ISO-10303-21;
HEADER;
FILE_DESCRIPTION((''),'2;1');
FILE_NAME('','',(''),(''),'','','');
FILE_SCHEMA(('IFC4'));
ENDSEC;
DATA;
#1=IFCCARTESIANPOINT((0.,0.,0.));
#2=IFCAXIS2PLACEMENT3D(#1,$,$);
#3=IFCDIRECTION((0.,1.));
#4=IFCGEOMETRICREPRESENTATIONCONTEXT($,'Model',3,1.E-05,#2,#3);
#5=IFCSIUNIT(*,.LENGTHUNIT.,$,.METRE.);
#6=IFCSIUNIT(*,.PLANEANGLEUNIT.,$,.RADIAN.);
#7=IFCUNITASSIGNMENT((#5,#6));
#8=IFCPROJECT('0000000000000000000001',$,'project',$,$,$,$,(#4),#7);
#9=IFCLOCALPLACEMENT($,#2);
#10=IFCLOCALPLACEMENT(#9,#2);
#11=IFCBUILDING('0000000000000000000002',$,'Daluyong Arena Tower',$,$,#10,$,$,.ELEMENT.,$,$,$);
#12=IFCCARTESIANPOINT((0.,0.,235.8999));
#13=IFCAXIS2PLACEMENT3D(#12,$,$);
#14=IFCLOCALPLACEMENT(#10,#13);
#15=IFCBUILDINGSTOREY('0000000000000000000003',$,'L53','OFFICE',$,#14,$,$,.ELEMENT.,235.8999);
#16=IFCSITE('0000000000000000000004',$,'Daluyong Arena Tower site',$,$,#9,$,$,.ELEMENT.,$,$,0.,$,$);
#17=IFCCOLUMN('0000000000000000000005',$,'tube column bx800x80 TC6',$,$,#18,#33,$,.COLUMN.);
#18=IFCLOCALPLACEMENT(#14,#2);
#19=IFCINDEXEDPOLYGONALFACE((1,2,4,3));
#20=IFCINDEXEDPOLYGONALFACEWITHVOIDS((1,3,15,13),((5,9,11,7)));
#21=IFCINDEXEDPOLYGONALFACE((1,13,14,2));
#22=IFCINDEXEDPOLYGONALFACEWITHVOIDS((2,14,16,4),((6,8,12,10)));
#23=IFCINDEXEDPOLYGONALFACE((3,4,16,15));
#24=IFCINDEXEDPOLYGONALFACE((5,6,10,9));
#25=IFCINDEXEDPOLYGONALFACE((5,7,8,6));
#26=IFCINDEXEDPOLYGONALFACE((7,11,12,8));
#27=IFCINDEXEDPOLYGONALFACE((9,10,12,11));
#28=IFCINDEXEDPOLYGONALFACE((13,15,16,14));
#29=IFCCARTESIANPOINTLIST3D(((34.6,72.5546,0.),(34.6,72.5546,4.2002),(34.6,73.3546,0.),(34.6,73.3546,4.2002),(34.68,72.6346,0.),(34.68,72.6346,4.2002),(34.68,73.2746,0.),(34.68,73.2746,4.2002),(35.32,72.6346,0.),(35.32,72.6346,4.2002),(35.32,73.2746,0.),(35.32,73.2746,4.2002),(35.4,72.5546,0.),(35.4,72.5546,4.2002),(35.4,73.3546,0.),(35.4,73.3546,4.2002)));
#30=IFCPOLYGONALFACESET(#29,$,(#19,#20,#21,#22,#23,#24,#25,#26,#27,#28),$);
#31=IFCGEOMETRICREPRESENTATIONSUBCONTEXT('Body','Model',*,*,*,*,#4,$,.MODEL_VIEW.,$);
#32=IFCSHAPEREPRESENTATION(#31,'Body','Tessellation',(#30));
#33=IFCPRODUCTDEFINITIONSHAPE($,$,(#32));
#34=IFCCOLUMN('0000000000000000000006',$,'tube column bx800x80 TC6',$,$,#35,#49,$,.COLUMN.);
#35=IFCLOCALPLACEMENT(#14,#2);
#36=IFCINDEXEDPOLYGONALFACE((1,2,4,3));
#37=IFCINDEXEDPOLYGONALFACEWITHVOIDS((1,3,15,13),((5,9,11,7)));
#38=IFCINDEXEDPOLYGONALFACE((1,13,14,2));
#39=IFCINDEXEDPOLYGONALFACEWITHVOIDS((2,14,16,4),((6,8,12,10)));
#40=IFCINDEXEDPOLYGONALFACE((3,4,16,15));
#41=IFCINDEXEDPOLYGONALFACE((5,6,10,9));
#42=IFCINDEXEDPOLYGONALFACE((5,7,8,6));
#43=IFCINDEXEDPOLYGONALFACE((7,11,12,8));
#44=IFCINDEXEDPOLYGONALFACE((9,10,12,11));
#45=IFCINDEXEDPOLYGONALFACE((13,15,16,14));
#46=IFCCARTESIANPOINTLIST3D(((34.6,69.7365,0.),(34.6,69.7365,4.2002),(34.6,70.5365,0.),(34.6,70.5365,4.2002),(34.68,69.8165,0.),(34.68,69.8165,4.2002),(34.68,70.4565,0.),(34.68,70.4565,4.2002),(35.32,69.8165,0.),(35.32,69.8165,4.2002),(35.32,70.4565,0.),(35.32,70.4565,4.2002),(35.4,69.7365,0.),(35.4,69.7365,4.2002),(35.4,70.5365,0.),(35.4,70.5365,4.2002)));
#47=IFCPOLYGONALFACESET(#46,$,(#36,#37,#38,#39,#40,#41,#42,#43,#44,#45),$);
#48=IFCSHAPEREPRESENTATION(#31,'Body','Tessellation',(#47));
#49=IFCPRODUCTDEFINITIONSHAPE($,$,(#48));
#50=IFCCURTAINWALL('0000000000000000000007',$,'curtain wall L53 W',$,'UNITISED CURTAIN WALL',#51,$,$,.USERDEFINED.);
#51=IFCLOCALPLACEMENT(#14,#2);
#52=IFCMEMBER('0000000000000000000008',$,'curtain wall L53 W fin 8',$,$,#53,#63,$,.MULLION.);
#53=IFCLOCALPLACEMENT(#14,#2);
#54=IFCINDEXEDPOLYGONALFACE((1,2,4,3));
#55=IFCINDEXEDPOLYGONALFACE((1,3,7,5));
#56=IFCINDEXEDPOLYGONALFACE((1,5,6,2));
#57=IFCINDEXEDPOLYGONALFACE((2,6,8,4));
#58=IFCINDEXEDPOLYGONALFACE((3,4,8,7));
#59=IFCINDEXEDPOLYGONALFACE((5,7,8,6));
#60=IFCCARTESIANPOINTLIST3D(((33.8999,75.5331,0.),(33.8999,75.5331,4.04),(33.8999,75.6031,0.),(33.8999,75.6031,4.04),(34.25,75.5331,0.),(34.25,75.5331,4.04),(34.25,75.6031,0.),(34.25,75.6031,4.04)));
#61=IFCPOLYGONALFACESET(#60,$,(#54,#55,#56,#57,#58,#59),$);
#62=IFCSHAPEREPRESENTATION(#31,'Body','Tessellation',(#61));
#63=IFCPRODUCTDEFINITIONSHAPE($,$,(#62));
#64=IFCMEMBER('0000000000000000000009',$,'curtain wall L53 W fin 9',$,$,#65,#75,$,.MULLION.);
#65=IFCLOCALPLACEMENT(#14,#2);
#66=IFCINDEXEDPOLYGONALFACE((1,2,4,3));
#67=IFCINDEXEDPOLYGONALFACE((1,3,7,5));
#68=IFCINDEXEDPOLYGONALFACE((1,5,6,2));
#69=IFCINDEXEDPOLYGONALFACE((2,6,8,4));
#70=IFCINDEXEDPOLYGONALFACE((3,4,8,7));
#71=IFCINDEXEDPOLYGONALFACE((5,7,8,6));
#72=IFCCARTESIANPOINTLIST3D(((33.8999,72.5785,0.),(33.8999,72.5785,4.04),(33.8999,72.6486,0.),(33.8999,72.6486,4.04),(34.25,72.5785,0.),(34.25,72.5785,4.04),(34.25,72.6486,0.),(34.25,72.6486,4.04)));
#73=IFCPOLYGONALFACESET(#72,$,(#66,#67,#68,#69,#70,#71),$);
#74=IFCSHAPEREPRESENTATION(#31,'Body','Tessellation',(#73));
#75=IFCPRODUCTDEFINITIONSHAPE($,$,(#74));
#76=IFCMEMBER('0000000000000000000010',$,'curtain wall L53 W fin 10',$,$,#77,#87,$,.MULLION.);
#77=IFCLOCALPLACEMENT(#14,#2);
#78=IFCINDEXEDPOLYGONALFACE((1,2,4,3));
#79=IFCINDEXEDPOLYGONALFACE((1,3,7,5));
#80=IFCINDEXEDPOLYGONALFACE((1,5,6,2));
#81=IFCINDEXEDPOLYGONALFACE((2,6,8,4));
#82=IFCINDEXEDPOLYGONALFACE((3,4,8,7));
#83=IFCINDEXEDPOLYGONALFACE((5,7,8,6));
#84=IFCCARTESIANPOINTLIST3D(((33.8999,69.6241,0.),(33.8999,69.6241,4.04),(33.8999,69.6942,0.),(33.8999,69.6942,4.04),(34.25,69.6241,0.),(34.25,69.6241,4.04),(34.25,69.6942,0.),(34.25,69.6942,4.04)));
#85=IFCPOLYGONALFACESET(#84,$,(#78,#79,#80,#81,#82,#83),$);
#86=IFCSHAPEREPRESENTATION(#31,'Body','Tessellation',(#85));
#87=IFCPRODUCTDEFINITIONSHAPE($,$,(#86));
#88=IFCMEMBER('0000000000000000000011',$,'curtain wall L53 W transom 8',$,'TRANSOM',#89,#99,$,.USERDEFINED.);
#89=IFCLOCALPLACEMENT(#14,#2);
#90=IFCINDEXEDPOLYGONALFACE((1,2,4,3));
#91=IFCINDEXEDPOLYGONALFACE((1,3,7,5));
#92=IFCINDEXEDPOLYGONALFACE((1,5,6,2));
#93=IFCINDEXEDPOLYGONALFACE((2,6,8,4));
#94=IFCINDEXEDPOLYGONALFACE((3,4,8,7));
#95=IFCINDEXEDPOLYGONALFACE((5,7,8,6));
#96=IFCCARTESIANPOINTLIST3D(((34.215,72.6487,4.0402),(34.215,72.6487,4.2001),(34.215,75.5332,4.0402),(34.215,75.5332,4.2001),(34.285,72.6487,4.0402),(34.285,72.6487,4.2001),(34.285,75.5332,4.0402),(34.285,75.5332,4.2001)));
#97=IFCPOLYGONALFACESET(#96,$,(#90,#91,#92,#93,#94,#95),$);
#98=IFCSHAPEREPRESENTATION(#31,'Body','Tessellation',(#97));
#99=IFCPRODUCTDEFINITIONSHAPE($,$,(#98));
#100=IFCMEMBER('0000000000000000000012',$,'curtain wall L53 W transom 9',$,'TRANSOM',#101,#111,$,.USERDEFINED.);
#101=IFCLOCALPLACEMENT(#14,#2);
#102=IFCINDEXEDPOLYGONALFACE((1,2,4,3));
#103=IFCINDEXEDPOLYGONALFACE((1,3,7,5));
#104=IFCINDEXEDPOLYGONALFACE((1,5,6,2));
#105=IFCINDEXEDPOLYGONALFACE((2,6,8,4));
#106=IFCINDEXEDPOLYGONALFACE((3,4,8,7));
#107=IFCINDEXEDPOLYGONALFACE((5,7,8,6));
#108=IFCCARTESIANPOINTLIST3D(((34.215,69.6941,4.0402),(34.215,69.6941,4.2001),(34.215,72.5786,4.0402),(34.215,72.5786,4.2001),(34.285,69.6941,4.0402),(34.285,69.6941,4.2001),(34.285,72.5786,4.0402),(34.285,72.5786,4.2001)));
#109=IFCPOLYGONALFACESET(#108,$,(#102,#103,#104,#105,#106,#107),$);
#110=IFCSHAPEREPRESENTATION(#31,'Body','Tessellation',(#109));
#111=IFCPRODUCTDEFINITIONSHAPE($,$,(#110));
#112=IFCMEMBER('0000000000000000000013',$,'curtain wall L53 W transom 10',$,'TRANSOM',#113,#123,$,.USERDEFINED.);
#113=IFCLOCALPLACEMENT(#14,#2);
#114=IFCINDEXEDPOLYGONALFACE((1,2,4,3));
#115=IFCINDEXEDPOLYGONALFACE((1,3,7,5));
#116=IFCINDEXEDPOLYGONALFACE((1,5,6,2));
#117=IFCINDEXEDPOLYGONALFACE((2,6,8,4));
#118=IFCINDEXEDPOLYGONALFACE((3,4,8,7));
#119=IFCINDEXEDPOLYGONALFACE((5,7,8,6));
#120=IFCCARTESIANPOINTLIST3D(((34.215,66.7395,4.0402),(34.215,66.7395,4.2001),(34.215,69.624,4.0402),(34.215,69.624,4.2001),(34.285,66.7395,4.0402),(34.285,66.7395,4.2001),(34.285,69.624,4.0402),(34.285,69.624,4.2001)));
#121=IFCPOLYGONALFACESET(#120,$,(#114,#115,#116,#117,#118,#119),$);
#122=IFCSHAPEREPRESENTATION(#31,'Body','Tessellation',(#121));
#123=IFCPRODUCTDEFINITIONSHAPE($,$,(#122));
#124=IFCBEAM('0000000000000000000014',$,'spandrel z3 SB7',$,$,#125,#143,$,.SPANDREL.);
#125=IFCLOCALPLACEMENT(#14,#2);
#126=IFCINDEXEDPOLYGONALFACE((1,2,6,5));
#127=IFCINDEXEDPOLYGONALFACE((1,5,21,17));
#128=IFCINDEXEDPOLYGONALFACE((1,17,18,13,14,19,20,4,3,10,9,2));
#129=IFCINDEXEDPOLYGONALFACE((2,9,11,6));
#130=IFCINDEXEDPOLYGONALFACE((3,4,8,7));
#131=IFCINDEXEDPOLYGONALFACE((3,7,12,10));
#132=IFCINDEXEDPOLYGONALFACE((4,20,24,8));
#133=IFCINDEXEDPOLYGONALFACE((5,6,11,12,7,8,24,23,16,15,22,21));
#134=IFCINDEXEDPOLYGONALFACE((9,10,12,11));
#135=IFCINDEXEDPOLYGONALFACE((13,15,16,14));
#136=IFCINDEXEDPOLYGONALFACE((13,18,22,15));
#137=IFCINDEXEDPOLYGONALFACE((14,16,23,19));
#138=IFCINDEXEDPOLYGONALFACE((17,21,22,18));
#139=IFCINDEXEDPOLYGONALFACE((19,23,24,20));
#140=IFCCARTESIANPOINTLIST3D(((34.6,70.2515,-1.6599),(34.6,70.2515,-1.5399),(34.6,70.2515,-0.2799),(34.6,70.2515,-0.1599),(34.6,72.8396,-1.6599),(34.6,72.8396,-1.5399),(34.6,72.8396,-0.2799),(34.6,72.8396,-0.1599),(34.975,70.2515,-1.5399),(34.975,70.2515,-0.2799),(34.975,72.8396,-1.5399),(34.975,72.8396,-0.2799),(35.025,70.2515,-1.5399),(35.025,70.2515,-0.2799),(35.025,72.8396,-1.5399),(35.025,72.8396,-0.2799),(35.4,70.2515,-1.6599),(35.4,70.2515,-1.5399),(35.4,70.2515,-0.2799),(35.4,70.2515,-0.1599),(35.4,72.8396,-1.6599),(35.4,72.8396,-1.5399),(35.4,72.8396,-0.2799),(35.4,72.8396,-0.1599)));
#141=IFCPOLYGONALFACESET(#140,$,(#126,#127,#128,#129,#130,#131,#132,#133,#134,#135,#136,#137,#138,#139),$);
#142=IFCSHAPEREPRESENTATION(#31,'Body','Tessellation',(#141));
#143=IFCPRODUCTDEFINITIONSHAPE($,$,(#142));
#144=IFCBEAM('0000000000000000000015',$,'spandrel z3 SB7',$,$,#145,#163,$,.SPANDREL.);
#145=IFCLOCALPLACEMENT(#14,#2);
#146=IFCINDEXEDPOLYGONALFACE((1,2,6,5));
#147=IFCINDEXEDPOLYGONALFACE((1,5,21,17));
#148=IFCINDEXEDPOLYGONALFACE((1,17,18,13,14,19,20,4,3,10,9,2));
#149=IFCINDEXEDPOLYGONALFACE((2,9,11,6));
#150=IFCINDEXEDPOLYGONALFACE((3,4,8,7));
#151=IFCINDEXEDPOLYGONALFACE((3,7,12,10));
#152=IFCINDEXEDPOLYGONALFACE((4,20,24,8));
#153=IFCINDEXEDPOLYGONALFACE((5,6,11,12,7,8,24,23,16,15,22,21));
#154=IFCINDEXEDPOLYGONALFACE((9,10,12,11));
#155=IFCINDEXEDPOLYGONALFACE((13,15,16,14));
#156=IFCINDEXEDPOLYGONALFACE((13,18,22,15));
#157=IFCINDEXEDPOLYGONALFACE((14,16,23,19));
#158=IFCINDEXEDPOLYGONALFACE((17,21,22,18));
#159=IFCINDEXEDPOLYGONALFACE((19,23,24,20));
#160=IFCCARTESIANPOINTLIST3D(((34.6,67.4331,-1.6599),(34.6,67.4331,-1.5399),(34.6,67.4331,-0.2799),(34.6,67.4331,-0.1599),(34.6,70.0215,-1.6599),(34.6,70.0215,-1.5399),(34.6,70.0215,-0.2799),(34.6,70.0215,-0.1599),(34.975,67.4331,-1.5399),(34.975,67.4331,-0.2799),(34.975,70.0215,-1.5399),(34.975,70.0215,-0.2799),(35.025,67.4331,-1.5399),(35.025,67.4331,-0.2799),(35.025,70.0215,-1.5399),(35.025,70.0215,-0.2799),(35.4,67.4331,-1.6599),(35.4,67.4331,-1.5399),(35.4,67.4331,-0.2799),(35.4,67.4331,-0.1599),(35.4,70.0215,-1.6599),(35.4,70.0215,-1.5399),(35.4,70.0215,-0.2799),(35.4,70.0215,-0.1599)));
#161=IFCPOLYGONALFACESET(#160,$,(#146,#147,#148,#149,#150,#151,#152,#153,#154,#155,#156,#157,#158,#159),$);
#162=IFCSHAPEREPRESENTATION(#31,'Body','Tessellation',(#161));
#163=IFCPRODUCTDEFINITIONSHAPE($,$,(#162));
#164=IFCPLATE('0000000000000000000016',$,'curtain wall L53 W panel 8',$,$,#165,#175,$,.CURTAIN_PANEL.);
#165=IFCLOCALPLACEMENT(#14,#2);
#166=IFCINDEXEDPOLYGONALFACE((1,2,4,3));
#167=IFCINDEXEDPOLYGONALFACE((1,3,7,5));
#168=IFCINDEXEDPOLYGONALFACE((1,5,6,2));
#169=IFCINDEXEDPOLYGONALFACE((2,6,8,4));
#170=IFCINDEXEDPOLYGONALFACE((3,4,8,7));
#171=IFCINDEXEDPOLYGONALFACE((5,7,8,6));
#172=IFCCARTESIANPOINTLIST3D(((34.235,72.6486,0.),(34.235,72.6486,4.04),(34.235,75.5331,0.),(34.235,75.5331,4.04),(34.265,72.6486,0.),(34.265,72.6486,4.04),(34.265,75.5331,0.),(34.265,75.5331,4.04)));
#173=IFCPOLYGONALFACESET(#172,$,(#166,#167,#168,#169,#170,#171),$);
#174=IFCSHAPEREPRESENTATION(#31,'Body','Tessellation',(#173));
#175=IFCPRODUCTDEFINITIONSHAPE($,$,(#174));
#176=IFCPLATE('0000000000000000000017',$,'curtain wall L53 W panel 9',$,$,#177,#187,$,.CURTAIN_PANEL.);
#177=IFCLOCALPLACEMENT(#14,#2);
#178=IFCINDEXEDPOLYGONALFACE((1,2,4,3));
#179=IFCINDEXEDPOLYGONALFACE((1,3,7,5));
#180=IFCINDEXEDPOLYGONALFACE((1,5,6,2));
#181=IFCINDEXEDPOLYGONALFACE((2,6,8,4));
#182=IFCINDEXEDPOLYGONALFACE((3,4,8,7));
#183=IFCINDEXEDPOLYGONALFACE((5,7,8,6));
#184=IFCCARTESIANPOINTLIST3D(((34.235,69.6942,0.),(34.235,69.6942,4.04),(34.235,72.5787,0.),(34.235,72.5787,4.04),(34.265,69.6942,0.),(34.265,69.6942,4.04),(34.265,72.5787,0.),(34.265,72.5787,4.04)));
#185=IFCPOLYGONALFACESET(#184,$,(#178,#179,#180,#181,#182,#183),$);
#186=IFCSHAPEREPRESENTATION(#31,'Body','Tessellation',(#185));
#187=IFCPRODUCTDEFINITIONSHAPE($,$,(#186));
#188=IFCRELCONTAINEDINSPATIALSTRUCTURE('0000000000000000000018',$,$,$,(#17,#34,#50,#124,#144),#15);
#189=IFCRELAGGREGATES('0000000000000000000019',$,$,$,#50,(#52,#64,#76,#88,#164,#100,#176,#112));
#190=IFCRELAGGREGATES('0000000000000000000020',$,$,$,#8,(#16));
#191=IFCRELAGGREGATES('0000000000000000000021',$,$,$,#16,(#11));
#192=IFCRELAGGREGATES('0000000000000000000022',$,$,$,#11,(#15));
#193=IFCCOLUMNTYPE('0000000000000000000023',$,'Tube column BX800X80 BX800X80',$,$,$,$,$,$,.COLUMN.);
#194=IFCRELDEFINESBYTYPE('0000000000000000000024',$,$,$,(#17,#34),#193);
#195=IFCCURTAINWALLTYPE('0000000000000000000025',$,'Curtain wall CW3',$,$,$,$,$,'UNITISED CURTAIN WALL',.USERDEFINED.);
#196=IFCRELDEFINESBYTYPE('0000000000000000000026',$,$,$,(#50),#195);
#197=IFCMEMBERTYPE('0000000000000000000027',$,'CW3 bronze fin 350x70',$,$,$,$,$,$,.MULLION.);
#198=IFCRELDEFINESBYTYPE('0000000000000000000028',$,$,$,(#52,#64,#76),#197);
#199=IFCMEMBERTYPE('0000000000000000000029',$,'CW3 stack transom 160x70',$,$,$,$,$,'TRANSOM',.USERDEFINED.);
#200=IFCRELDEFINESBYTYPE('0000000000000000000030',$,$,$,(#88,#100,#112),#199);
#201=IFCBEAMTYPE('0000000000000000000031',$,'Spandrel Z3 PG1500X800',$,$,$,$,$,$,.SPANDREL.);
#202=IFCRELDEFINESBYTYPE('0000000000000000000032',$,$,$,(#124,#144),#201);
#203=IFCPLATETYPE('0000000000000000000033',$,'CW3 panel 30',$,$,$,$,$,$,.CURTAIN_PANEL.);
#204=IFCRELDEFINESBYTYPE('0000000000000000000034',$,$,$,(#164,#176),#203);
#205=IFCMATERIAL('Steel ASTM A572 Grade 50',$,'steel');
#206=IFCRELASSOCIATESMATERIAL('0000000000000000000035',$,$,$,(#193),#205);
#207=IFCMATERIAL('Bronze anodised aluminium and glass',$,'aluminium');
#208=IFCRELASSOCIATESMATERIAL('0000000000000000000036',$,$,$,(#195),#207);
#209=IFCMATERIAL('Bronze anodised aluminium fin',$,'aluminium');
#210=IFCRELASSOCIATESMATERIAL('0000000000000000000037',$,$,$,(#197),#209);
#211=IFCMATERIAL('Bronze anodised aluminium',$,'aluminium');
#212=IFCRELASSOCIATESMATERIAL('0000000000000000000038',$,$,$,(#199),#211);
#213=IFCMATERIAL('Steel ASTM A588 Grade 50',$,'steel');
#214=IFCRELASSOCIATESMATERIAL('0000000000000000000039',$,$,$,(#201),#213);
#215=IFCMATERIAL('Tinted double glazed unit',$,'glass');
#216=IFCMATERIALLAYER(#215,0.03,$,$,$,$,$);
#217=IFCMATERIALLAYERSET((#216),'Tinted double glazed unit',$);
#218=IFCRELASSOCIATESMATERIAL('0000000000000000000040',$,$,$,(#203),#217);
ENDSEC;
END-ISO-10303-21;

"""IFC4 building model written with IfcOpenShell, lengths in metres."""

from ifc_helpers import new_model, si_unit, direction, frame, origin, origin_2d, place, context, subcontext, project, spatial, rectangle, hollow_rectangle, i_section, extrude, material, layer, layer_set, material_profile, profile_set, type_object, element, aggregate, save


model = new_model("IFC4")

# Units and contexts
model_context = context("Model", 3, precision=1e-05, world=origin(), true_north=direction((0.0, 1.0)))
body_context = subcontext(model_context, "Body", "Model", "MODEL_VIEW")
ifc_project = project(units=[si_unit("LENGTHUNIT", "METRE"), si_unit("PLANEANGLEUNIT", "RADIAN")], contexts=[model_context])

# Site, building, storey
site_placement = place(None, origin())
site = spatial("IfcSite", under=ifc_project, at=site_placement, Name="Daluyong Arena Tower site", CompositionType="ELEMENT", RefElevation=0.0)
building_placement = place(site_placement, origin())
building = spatial("IfcBuilding", under=site, at=building_placement, Name="Daluyong Arena Tower", CompositionType="ELEMENT")
storey_placement = place(building_placement, frame((0.0, 0.0, 235.8999)))
storey = spatial("IfcBuildingStorey", under=building, at=storey_placement, Name="L53", Description="OFFICE", CompositionType="ELEMENT", Elevation=235.8999)

# Columns
ifc_material_1 = material(Name="Steel ASTM A572 Grade 50", Category="steel")
ifc_material_profile_1 = material_profile(ifc_material_1, hollow_rectangle(XDim=0.8, YDim=0.8, WallThickness=0.08, at=origin_2d()))
ifc_profile_set_1 = profile_set([ifc_material_profile_1], Name="Steel ASTM A572 Grade 50")
column_type = type_object("IfcColumnType", Name="Tube column BX800X80 BX800X80", PredefinedType="COLUMN", material=ifc_profile_set_1)
for number, where, z_axis, x_axis, name in (
    (1, (35.0, 72.9546, 0.0), (0.0, 0.0, 1.0), (0.0, 1.0, 0.0), "tube column bx800x80 TC6"),
    (2, (35.0, 70.1365, 0.0), (0.0, 0.0, 1.0), (0.0, 1.0, 0.0), "tube column bx800x80 TC6"),
):
    element("IfcColumn", number, at=place(storey_placement, frame(where, z_axis=z_axis, x_axis=x_axis)), inside=storey, type_object=column_type, Name=name, PredefinedType="COLUMN", context=body_context, shape_type="SweptSolid", body=[
        extrude(hollow_rectangle(XDim=0.8, YDim=0.8, WallThickness=0.08, at=origin_2d()), origin(), (0.0, 0.0, 1.0), 4.2002),
    ])

# Curtain wall, members
ifc_material_2 = material(Name="Bronze anodised aluminium and glass", Category="aluminium")
curtain_wall_type = type_object("IfcCurtainWallType", Name="Curtain wall CW3", ElementType="UNITISED CURTAIN WALL", PredefinedType="USERDEFINED", material=ifc_material_2)
curtain_wall_placement = place(storey_placement, origin())
curtain_wall = element("IfcCurtainWall", 3, at=curtain_wall_placement, inside=storey, type_object=curtain_wall_type, Name="curtain wall L53 W", ObjectType="UNITISED CURTAIN WALL", PredefinedType="USERDEFINED")
ifc_material_3 = material(Name="Bronze anodised aluminium fin", Category="aluminium")
ifc_material_profile_2 = material_profile(ifc_material_3, rectangle(XDim=0.3501, YDim=0.0701, at=origin_2d()))
ifc_profile_set_2 = profile_set([ifc_material_profile_2], Name="Bronze anodised aluminium fin")
member_type_1 = type_object("IfcMemberType", Name="CW3 bronze fin 350x70", PredefinedType="MULLION", material=ifc_profile_set_2)
member_1_placement = place(storey_placement, frame((34.075, 75.5681, 0.0), z_axis=(0.0, 0.0, 1.0), x_axis=(1.0, 0.0, 0.0)))
member_1 = element("IfcMember", 4, at=member_1_placement, type_object=member_type_1, Name="curtain wall L53 W fin 8", PredefinedType="MULLION", context=body_context, shape_type="SweptSolid", body=[
    extrude(rectangle(XDim=0.3501, YDim=0.0701, at=origin_2d()), origin(), (0.0, 0.0, 1.0), 4.04),
])
member_2_placement = place(storey_placement, frame((34.075, 72.6135, 0.0), z_axis=(0.0, 0.0, 1.0), x_axis=(1.0, 0.0, 0.0)))
member_2 = element("IfcMember", 5, at=member_2_placement, type_object=member_type_1, Name="curtain wall L53 W fin 9", PredefinedType="MULLION", context=body_context, shape_type="SweptSolid", body=[
    extrude(rectangle(XDim=0.3501, YDim=0.0701, at=origin_2d()), origin(), (0.0, 0.0, 1.0), 4.04),
])
member_3_placement = place(storey_placement, frame((34.075, 69.6592, 0.0), z_axis=(0.0, 0.0, 1.0), x_axis=(1.0, 0.0, 0.0)))
member_3 = element("IfcMember", 6, at=member_3_placement, type_object=member_type_1, Name="curtain wall L53 W fin 10", PredefinedType="MULLION", context=body_context, shape_type="SweptSolid", body=[
    extrude(rectangle(XDim=0.3501, YDim=0.0701, at=origin_2d()), origin(), (0.0, 0.0, 1.0), 4.04),
])
ifc_material_4 = material(Name="Bronze anodised aluminium", Category="aluminium")
ifc_material_profile_3 = material_profile(ifc_material_4, rectangle(XDim=0.0701, YDim=0.1599, at=origin_2d()))
ifc_profile_set_3 = profile_set([ifc_material_profile_3], Name="Bronze anodised aluminium")
member_type_2 = type_object("IfcMemberType", Name="CW3 stack transom 160x70", ElementType="TRANSOM", PredefinedType="USERDEFINED", material=ifc_profile_set_3)
member_4_placement = place(storey_placement, frame((34.25, 75.5332, 4.1201), z_axis=(0.0, -1.0, 0.0), x_axis=(1.0, 0.0, 0.0)))
member_4 = element("IfcMember", 7, at=member_4_placement, type_object=member_type_2, Name="curtain wall L53 W transom 8", ObjectType="TRANSOM", PredefinedType="USERDEFINED", context=body_context, shape_type="SweptSolid", body=[
    extrude(rectangle(XDim=0.0701, YDim=0.1599, at=origin_2d()), origin(), (0.0, 0.0, 1.0), 2.8845),
])
member_5_placement = place(storey_placement, frame((34.25, 72.5786, 4.1201), z_axis=(0.0, -1.0, 0.0), x_axis=(1.0, 0.0, 0.0)))
member_5 = element("IfcMember", 8, at=member_5_placement, type_object=member_type_2, Name="curtain wall L53 W transom 9", ObjectType="TRANSOM", PredefinedType="USERDEFINED", context=body_context, shape_type="SweptSolid", body=[
    extrude(rectangle(XDim=0.0701, YDim=0.1599, at=origin_2d()), origin(), (0.0, 0.0, 1.0), 2.8845),
])
member_6_placement = place(storey_placement, frame((34.25, 69.624, 4.1201), z_axis=(0.0, -1.0, 0.0), x_axis=(1.0, 0.0, 0.0)))
member_6 = element("IfcMember", 9, at=member_6_placement, type_object=member_type_2, Name="curtain wall L53 W transom 10", ObjectType="TRANSOM", PredefinedType="USERDEFINED", context=body_context, shape_type="SweptSolid", body=[
    extrude(rectangle(XDim=0.0701, YDim=0.1599, at=origin_2d()), origin(), (0.0, 0.0, 1.0), 2.8845),
])

# Beams
ifc_material_5 = material(Name="Steel ASTM A588 Grade 50", Category="steel")
ifc_material_profile_4 = material_profile(ifc_material_5, i_section(OverallWidth=0.8, OverallDepth=1.5, WebThickness=0.05, FlangeThickness=0.12, at=origin_2d()))
ifc_profile_set_4 = profile_set([ifc_material_profile_4], Name="Steel ASTM A588 Grade 50")
beam_type = type_object("IfcBeamType", Name="Spandrel Z3 PG1500X800", PredefinedType="SPANDREL", material=ifc_profile_set_4)
beam_1_placement = place(storey_placement, frame((35.0, 72.8396, -0.9099), z_axis=(0.0, -1.0, 0.0), x_axis=(1.0, 0.0, 0.0)))
element("IfcBeam", 10, at=beam_1_placement, inside=storey, type_object=beam_type, Name="spandrel z3 SB7", PredefinedType="SPANDREL", context=body_context, shape_type="SweptSolid", body=[
    extrude(i_section(OverallWidth=0.8, OverallDepth=1.5, WebThickness=0.05, FlangeThickness=0.12, at=origin_2d()), origin(), (0.0, 0.0, 1.0), 2.5881),
])
beam_2_placement = place(storey_placement, frame((35.0, 70.0215, -0.9099), z_axis=(0.0, -1.0, 0.0), x_axis=(1.0, 0.0, 0.0)))
element("IfcBeam", 11, at=beam_2_placement, inside=storey, type_object=beam_type, Name="spandrel z3 SB7", PredefinedType="SPANDREL", context=body_context, shape_type="SweptSolid", body=[
    extrude(i_section(OverallWidth=0.8, OverallDepth=1.5, WebThickness=0.05, FlangeThickness=0.12, at=origin_2d()), origin(), (0.0, 0.0, 1.0), 2.5884),
])

# Plates
ifc_material_6 = material(Name="Tinted double glazed unit", Category="glass")
ifc_layer = layer(ifc_material_6, 0.03)
ifc_layer_set = layer_set([ifc_layer], Name="Tinted double glazed unit")
plate_type = type_object("IfcPlateType", Name="CW3 panel 30", PredefinedType="CURTAIN_PANEL", material=ifc_layer_set)
plate_1_placement = place(storey_placement, frame((34.25, 74.0908, 0.0), z_axis=(0.0, 0.0, 1.0), x_axis=(0.0, -1.0, 0.0)))
plate_1 = element("IfcPlate", 12, at=plate_1_placement, type_object=plate_type, Name="curtain wall L53 W panel 8", PredefinedType="CURTAIN_PANEL", context=body_context, shape_type="SweptSolid", body=[
    extrude(rectangle(XDim=2.8845, YDim=0.03, at=origin_2d()), origin(), (0.0, 0.0, 1.0), 4.04),
])
plate_2_placement = place(storey_placement, frame((34.25, 71.1365, 0.0), z_axis=(0.0, 0.0, 1.0), x_axis=(0.0, -1.0, 0.0)))
plate_2 = element("IfcPlate", 13, at=plate_2_placement, type_object=plate_type, Name="curtain wall L53 W panel 9", PredefinedType="CURTAIN_PANEL", context=body_context, shape_type="SweptSolid", body=[
    extrude(rectangle(XDim=2.8845, YDim=0.03, at=origin_2d()), origin(), (0.0, 0.0, 1.0), 4.04),
])
aggregate(curtain_wall, [member_1, member_2, member_3, member_4, plate_1, member_5, plate_2, member_6])

save(model, "model.ifc")
